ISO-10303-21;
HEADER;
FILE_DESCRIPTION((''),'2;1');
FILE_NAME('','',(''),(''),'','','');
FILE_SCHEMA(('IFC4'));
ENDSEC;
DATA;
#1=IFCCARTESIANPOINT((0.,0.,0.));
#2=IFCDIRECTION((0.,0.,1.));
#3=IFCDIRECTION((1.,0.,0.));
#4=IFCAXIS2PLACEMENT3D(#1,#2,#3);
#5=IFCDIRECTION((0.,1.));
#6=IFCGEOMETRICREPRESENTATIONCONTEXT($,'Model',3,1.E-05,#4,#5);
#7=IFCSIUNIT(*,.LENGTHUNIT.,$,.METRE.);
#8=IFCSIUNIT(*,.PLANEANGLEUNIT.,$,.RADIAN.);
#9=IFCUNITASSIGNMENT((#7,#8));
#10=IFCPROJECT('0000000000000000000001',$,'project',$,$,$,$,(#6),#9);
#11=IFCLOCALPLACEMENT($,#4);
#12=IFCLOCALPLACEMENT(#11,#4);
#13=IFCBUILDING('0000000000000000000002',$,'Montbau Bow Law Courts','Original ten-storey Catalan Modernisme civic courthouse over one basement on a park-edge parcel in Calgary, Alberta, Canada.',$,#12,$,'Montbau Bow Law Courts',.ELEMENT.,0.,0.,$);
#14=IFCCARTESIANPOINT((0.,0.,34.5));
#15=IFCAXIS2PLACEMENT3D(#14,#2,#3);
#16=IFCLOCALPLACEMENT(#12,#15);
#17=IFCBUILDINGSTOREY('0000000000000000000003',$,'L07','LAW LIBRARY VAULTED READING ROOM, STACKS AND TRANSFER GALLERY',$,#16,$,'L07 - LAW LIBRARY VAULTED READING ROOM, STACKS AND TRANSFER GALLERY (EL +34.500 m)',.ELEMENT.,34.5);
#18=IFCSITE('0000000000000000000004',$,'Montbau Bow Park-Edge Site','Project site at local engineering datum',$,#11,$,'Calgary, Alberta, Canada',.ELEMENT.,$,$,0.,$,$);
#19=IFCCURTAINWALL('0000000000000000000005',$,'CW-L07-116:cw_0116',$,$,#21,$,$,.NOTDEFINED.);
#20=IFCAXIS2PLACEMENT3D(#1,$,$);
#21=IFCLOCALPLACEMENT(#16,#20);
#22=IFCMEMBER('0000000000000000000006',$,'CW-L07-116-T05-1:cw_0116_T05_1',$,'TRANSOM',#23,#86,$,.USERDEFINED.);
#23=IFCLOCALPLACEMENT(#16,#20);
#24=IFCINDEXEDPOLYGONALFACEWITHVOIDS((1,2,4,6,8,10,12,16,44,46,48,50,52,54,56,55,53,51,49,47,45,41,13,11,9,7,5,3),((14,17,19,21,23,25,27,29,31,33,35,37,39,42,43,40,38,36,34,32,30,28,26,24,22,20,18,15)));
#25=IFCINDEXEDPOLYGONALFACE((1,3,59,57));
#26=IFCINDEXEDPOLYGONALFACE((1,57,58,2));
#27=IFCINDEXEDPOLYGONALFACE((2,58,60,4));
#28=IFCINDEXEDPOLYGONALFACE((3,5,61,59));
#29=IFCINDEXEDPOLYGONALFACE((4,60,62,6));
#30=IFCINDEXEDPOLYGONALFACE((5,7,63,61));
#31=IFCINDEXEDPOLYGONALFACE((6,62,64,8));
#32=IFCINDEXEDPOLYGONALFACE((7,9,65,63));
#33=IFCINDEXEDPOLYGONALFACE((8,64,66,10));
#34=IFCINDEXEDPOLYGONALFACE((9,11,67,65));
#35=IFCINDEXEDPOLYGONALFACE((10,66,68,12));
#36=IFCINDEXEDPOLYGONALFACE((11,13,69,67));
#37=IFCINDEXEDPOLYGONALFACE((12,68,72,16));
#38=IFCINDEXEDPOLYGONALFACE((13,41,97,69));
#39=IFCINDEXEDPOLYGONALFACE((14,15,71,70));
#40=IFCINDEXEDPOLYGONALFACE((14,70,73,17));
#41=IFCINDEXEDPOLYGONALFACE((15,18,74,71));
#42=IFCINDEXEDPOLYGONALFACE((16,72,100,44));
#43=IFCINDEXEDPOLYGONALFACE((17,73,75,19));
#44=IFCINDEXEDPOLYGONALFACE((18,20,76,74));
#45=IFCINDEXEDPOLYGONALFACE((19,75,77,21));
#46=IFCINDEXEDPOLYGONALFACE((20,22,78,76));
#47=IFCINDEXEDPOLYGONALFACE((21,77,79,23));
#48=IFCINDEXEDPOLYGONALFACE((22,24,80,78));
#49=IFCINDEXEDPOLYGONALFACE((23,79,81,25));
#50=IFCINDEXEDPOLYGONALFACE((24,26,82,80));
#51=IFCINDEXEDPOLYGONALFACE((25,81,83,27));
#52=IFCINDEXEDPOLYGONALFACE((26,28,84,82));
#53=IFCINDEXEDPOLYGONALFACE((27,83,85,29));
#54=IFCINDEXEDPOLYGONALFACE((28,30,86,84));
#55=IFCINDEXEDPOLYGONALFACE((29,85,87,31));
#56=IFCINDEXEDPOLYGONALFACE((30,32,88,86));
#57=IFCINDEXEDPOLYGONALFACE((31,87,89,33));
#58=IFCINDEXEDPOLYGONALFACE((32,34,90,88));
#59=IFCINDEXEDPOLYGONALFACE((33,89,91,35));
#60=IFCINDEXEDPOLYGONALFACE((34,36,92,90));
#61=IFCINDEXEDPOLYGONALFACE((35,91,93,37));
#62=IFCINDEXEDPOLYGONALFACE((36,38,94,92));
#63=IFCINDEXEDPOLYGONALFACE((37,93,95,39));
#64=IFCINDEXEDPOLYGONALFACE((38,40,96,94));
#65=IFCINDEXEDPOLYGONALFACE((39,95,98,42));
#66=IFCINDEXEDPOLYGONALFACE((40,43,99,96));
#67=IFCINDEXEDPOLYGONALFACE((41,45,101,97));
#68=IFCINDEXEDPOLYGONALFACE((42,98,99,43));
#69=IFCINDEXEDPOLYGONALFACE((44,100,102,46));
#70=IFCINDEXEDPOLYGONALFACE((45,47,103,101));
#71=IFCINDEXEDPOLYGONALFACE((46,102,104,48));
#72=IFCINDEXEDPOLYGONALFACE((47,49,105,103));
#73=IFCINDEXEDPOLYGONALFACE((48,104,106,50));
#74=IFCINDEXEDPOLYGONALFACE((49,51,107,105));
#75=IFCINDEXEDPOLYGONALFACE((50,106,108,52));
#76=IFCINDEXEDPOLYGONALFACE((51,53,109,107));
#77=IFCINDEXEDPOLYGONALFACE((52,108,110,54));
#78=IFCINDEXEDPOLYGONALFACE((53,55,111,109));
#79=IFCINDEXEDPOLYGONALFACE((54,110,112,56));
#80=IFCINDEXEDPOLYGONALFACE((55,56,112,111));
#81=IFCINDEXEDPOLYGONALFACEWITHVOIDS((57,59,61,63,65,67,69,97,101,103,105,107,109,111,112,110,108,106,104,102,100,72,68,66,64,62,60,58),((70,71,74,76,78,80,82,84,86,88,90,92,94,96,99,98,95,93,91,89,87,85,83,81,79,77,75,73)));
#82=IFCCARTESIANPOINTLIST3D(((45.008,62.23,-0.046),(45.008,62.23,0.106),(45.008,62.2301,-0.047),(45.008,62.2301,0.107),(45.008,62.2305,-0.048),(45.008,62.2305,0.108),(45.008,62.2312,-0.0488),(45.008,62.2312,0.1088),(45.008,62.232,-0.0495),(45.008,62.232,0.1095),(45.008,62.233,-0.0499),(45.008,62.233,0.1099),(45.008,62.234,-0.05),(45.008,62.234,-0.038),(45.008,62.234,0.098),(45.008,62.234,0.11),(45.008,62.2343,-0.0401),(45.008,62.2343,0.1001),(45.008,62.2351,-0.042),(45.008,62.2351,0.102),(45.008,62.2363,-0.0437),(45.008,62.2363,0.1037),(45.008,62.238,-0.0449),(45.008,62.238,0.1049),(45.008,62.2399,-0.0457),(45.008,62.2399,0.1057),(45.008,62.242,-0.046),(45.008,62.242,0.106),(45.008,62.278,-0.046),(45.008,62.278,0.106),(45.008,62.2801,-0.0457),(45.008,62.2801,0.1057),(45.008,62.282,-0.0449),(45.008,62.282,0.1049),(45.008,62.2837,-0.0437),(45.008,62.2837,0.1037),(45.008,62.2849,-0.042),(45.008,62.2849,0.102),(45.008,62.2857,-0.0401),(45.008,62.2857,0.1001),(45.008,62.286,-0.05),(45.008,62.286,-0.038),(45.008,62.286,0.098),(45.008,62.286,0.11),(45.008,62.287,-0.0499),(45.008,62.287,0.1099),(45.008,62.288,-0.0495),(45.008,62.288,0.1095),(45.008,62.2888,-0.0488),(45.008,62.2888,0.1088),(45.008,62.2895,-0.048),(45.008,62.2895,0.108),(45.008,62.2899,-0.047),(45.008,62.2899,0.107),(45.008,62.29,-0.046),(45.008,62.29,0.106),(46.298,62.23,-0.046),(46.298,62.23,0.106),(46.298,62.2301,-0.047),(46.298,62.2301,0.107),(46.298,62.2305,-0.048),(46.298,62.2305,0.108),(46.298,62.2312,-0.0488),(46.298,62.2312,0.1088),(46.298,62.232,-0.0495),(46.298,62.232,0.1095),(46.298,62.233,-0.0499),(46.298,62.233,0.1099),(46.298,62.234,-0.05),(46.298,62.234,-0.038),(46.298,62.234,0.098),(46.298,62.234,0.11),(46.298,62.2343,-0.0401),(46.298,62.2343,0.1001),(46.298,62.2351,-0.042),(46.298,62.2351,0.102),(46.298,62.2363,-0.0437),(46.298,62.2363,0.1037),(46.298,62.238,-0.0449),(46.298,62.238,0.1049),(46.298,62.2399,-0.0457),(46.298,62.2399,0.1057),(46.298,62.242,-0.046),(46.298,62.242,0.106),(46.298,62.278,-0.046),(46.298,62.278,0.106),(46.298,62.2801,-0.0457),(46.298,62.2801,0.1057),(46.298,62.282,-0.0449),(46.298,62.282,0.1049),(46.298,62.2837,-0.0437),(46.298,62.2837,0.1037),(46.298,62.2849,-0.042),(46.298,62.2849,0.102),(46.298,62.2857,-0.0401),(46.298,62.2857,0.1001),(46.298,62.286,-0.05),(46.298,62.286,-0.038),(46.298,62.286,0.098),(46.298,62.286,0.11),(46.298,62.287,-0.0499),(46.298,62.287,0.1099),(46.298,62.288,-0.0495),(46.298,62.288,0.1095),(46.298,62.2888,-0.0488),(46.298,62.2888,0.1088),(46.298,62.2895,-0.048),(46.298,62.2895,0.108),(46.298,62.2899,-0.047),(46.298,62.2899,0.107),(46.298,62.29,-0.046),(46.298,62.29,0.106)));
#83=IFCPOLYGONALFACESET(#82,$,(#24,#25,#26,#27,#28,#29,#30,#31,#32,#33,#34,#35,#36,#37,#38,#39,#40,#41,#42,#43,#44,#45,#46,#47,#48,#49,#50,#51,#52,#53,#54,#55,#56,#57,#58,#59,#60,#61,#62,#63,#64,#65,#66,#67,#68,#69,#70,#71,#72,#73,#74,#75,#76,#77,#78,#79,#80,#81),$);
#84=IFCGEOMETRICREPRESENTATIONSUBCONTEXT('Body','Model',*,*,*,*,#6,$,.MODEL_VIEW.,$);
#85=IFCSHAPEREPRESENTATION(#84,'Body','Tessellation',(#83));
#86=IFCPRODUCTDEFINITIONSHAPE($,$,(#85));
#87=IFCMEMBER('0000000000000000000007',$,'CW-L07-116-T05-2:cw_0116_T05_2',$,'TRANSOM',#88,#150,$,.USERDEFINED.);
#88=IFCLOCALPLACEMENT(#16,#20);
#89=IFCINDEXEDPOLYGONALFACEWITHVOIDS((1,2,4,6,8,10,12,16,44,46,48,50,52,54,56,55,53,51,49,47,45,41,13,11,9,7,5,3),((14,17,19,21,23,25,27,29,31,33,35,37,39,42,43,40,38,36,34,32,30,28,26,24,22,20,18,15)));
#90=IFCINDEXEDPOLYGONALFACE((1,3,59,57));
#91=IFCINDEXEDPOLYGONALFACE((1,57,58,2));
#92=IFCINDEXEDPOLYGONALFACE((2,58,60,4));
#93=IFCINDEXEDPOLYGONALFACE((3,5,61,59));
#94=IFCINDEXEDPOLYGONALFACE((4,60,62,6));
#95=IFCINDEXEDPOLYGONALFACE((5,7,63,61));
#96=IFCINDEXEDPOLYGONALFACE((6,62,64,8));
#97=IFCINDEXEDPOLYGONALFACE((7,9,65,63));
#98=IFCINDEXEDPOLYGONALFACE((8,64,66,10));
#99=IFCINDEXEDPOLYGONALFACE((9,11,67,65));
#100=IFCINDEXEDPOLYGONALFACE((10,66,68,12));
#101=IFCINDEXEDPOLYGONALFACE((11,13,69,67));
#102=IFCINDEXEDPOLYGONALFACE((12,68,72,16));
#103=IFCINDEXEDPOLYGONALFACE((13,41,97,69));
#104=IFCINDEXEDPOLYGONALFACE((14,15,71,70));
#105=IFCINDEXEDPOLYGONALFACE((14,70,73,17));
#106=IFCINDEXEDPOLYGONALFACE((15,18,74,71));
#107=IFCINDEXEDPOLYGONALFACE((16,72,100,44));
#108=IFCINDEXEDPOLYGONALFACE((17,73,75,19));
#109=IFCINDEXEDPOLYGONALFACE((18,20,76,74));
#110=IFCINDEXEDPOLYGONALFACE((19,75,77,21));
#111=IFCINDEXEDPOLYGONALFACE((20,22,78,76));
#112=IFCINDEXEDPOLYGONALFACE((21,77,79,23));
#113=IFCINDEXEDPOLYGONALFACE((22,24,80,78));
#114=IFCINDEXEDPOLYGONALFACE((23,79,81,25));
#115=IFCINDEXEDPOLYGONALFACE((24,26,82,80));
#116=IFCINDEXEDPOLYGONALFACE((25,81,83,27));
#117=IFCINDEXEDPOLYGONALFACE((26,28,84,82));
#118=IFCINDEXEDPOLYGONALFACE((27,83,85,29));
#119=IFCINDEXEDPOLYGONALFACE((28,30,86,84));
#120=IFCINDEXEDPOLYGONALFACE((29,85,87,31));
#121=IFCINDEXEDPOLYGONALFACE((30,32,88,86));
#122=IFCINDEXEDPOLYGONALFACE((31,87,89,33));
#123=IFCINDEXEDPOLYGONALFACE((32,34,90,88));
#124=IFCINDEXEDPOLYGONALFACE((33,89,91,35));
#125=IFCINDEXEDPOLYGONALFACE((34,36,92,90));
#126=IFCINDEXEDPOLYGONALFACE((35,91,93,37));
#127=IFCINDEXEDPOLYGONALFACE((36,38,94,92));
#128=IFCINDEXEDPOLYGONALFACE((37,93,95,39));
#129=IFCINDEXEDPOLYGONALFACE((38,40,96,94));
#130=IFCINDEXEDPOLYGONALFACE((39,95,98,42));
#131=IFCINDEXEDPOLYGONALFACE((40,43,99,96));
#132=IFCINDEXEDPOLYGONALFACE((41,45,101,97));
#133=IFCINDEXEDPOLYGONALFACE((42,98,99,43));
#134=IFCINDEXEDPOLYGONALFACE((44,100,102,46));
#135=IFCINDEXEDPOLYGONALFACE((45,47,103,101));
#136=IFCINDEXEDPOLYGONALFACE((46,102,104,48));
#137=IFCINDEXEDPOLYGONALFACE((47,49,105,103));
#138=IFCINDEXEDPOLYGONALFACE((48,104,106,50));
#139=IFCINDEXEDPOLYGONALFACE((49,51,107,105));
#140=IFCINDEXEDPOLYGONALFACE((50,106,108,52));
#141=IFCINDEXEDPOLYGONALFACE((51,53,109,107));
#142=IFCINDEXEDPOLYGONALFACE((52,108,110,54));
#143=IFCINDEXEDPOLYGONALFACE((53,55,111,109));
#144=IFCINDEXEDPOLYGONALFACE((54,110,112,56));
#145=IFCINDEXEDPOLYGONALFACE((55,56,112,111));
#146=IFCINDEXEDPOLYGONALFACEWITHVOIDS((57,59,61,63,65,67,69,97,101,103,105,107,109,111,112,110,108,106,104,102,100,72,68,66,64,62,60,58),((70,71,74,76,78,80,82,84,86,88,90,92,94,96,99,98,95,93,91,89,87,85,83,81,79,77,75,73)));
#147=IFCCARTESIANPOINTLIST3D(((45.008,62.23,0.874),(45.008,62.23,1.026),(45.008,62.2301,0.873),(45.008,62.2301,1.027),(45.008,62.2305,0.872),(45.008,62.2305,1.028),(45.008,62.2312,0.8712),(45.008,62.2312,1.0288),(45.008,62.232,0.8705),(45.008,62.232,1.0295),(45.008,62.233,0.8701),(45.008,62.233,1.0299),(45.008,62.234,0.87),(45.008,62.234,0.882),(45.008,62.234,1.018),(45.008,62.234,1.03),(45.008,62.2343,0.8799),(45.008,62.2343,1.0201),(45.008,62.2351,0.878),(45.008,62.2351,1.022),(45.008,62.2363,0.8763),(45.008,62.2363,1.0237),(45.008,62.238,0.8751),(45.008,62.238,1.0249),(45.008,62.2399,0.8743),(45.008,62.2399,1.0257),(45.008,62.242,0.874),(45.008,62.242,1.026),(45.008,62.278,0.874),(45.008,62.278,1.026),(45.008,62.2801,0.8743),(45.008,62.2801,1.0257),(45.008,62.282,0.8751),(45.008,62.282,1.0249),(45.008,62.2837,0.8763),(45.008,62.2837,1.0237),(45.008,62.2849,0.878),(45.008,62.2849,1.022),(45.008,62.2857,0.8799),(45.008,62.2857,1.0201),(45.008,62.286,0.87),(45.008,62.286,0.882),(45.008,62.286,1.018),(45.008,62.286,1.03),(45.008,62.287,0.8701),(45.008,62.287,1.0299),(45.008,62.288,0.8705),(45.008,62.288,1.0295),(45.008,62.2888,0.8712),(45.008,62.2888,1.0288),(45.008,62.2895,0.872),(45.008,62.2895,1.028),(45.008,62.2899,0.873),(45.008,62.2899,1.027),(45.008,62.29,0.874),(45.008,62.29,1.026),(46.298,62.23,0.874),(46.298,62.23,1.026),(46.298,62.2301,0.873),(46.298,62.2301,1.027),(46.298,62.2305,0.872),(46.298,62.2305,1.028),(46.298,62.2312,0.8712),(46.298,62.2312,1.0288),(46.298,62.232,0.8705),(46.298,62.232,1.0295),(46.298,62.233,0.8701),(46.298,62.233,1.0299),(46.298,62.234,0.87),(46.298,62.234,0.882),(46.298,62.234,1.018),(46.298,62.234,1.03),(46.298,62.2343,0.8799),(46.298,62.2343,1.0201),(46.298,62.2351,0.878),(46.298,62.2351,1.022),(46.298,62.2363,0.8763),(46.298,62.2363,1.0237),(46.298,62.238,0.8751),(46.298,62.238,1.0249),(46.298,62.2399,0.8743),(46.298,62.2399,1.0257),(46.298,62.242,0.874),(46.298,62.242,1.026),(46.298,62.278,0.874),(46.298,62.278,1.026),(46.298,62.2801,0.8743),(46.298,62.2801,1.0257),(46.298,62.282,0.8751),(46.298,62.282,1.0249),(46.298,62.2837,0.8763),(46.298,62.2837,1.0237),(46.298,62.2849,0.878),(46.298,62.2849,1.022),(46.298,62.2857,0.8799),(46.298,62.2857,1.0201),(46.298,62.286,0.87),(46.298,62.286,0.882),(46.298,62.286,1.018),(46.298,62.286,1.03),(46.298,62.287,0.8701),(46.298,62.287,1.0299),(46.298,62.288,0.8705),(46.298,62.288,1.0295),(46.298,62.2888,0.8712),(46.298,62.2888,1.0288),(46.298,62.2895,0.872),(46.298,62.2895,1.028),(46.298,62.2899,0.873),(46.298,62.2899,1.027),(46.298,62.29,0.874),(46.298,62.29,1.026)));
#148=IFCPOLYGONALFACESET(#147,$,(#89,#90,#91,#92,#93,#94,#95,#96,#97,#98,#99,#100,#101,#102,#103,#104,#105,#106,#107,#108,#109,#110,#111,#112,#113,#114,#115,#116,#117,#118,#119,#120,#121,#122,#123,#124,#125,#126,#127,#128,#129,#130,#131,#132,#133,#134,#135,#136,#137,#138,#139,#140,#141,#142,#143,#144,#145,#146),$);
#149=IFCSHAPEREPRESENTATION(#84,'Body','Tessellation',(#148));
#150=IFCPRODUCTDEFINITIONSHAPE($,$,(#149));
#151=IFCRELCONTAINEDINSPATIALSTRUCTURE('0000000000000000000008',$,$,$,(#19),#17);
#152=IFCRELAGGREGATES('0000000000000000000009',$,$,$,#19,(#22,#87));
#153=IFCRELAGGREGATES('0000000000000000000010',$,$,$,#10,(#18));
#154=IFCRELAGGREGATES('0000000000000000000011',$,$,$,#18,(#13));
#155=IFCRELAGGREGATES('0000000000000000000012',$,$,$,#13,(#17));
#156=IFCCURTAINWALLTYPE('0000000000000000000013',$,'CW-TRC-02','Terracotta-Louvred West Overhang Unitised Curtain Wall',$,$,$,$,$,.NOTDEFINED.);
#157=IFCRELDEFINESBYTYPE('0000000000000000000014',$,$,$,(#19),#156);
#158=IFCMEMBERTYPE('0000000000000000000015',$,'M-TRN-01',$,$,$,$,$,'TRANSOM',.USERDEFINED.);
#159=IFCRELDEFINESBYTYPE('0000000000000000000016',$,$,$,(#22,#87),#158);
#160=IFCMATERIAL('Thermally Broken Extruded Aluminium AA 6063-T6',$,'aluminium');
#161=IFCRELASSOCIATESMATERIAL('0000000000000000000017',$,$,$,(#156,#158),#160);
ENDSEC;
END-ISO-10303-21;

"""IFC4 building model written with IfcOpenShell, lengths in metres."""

from ifc_helpers import new_model, si_unit, direction, frame, origin_with_axes, origin_2d_with_axis, place, context, subcontext, project, spatial, hollow_rectangle, extrude, material, material_profile, profile_set, type_object, element, aggregate, save


model = new_model("IFC4")

# Units and contexts
model_context = context("Model", 3, precision=1e-05, world=origin_with_axes(), true_north=direction((0.0, 1.0)))
body_context = subcontext(model_context, "Body", "Model", "MODEL_VIEW")
ifc_project = project(units=[si_unit("LENGTHUNIT", "METRE"), si_unit("PLANEANGLEUNIT", "RADIAN")], contexts=[model_context])

# Site, building, storey
site_placement = place(None, origin_with_axes())
site = spatial("IfcSite", under=ifc_project, at=site_placement, Name="Montbau Bow Park-Edge Site", Description="Project site at local engineering datum", LongName="Calgary, Alberta, Canada", CompositionType="ELEMENT", RefElevation=0.0)
building_placement = place(site_placement, origin_with_axes())
building = spatial("IfcBuilding", under=site, at=building_placement, Name="Montbau Bow Law Courts", Description="Original ten-storey Catalan Modernisme civic courthouse over one basement on a park-edge parcel in Calgary, Alberta, Canada.", LongName="Montbau Bow Law Courts", CompositionType="ELEMENT", ElevationOfRefHeight=0.0, ElevationOfTerrain=0.0)
storey_placement = place(building_placement, frame((0.0, 0.0, 34.5), z_axis=(0.0, 0.0, 1.0), x_axis=(1.0, 0.0, 0.0)))
storey = spatial("IfcBuildingStorey", under=building, at=storey_placement, Name="L07", Description="LAW LIBRARY VAULTED READING ROOM, STACKS AND TRANSFER GALLERY", LongName="L07 - LAW LIBRARY VAULTED READING ROOM, STACKS AND TRANSFER GALLERY (EL +34.500 m)", CompositionType="ELEMENT", Elevation=34.5)

# Curtain wall, members
ifc_material_1 = material(Name="Thermally Broken Extruded Aluminium AA 6063-T6", Category="aluminium")
curtain_wall_type = type_object("IfcCurtainWallType", Name="CW-TRC-02", Description="Terracotta-Louvred West Overhang Unitised Curtain Wall", PredefinedType="NOTDEFINED", material=ifc_material_1)
curtain_wall_placement = place(None, frame((39.44, 62.26, 34.5), z_axis=(0.0, 0.0, 1.0), x_axis=(1.0, 0.0, 0.0)))
curtain_wall = element("IfcCurtainWall", 1, at=curtain_wall_placement, inside=storey, type_object=curtain_wall_type, Name="CW-L07-116:cw_0116", PredefinedType="NOTDEFINED")
ifc_material_profile_1 = material_profile(ifc_material_1, hollow_rectangle(XDim=0.06, YDim=0.16, WallThickness=0.004, InnerFilletRadius=0.008, OuterFilletRadius=0.004, at=origin_2d_with_axis()), Name="CWT-160X60", Category="Main", Priority=0)
ifc_profile_set_1 = profile_set([ifc_material_profile_1], Name="Thermally Broken Extruded Aluminium AA 6063-T6")
member_type_1 = type_object("IfcMemberType", Name="M-TRN-01", ElementType="TRANSOM", PredefinedType="USERDEFINED", material=ifc_profile_set_1)
member_1_placement = place(None, frame((45.008, 62.26, 34.53), z_axis=(1.0, 0.0, 0.0), x_axis=(0.0, 1.0, 0.0)))
member_1 = element("IfcMember", 2, at=member_1_placement, type_object=member_type_1, Name="CW-L07-116-T05-1:cw_0116_T05_1", ObjectType="TRANSOM", PredefinedType="USERDEFINED", context=body_context, shape_type="SweptSolid", body=[
    extrude(hollow_rectangle(XDim=0.06, YDim=0.16, WallThickness=0.004, InnerFilletRadius=0.008, OuterFilletRadius=0.004, at=origin_2d_with_axis()), origin_with_axes(), (0.0, 0.0, 1.0), 1.29),
])
member_2_placement = place(None, frame((45.008, 62.26, 35.45), z_axis=(1.0, 0.0, 0.0), x_axis=(0.0, 1.0, 0.0)))
member_2 = element("IfcMember", 3, at=member_2_placement, type_object=member_type_1, Name="CW-L07-116-T05-2:cw_0116_T05_2", ObjectType="TRANSOM", PredefinedType="USERDEFINED", context=body_context, shape_type="SweptSolid", body=[
    extrude(hollow_rectangle(XDim=0.06, YDim=0.16, WallThickness=0.004, InnerFilletRadius=0.008, OuterFilletRadius=0.004, at=origin_2d_with_axis()), origin_with_axes(), (0.0, 0.0, 1.0), 1.29),
])
aggregate(curtain_wall, [member_1, member_2])

save(model, "model.ifc")
